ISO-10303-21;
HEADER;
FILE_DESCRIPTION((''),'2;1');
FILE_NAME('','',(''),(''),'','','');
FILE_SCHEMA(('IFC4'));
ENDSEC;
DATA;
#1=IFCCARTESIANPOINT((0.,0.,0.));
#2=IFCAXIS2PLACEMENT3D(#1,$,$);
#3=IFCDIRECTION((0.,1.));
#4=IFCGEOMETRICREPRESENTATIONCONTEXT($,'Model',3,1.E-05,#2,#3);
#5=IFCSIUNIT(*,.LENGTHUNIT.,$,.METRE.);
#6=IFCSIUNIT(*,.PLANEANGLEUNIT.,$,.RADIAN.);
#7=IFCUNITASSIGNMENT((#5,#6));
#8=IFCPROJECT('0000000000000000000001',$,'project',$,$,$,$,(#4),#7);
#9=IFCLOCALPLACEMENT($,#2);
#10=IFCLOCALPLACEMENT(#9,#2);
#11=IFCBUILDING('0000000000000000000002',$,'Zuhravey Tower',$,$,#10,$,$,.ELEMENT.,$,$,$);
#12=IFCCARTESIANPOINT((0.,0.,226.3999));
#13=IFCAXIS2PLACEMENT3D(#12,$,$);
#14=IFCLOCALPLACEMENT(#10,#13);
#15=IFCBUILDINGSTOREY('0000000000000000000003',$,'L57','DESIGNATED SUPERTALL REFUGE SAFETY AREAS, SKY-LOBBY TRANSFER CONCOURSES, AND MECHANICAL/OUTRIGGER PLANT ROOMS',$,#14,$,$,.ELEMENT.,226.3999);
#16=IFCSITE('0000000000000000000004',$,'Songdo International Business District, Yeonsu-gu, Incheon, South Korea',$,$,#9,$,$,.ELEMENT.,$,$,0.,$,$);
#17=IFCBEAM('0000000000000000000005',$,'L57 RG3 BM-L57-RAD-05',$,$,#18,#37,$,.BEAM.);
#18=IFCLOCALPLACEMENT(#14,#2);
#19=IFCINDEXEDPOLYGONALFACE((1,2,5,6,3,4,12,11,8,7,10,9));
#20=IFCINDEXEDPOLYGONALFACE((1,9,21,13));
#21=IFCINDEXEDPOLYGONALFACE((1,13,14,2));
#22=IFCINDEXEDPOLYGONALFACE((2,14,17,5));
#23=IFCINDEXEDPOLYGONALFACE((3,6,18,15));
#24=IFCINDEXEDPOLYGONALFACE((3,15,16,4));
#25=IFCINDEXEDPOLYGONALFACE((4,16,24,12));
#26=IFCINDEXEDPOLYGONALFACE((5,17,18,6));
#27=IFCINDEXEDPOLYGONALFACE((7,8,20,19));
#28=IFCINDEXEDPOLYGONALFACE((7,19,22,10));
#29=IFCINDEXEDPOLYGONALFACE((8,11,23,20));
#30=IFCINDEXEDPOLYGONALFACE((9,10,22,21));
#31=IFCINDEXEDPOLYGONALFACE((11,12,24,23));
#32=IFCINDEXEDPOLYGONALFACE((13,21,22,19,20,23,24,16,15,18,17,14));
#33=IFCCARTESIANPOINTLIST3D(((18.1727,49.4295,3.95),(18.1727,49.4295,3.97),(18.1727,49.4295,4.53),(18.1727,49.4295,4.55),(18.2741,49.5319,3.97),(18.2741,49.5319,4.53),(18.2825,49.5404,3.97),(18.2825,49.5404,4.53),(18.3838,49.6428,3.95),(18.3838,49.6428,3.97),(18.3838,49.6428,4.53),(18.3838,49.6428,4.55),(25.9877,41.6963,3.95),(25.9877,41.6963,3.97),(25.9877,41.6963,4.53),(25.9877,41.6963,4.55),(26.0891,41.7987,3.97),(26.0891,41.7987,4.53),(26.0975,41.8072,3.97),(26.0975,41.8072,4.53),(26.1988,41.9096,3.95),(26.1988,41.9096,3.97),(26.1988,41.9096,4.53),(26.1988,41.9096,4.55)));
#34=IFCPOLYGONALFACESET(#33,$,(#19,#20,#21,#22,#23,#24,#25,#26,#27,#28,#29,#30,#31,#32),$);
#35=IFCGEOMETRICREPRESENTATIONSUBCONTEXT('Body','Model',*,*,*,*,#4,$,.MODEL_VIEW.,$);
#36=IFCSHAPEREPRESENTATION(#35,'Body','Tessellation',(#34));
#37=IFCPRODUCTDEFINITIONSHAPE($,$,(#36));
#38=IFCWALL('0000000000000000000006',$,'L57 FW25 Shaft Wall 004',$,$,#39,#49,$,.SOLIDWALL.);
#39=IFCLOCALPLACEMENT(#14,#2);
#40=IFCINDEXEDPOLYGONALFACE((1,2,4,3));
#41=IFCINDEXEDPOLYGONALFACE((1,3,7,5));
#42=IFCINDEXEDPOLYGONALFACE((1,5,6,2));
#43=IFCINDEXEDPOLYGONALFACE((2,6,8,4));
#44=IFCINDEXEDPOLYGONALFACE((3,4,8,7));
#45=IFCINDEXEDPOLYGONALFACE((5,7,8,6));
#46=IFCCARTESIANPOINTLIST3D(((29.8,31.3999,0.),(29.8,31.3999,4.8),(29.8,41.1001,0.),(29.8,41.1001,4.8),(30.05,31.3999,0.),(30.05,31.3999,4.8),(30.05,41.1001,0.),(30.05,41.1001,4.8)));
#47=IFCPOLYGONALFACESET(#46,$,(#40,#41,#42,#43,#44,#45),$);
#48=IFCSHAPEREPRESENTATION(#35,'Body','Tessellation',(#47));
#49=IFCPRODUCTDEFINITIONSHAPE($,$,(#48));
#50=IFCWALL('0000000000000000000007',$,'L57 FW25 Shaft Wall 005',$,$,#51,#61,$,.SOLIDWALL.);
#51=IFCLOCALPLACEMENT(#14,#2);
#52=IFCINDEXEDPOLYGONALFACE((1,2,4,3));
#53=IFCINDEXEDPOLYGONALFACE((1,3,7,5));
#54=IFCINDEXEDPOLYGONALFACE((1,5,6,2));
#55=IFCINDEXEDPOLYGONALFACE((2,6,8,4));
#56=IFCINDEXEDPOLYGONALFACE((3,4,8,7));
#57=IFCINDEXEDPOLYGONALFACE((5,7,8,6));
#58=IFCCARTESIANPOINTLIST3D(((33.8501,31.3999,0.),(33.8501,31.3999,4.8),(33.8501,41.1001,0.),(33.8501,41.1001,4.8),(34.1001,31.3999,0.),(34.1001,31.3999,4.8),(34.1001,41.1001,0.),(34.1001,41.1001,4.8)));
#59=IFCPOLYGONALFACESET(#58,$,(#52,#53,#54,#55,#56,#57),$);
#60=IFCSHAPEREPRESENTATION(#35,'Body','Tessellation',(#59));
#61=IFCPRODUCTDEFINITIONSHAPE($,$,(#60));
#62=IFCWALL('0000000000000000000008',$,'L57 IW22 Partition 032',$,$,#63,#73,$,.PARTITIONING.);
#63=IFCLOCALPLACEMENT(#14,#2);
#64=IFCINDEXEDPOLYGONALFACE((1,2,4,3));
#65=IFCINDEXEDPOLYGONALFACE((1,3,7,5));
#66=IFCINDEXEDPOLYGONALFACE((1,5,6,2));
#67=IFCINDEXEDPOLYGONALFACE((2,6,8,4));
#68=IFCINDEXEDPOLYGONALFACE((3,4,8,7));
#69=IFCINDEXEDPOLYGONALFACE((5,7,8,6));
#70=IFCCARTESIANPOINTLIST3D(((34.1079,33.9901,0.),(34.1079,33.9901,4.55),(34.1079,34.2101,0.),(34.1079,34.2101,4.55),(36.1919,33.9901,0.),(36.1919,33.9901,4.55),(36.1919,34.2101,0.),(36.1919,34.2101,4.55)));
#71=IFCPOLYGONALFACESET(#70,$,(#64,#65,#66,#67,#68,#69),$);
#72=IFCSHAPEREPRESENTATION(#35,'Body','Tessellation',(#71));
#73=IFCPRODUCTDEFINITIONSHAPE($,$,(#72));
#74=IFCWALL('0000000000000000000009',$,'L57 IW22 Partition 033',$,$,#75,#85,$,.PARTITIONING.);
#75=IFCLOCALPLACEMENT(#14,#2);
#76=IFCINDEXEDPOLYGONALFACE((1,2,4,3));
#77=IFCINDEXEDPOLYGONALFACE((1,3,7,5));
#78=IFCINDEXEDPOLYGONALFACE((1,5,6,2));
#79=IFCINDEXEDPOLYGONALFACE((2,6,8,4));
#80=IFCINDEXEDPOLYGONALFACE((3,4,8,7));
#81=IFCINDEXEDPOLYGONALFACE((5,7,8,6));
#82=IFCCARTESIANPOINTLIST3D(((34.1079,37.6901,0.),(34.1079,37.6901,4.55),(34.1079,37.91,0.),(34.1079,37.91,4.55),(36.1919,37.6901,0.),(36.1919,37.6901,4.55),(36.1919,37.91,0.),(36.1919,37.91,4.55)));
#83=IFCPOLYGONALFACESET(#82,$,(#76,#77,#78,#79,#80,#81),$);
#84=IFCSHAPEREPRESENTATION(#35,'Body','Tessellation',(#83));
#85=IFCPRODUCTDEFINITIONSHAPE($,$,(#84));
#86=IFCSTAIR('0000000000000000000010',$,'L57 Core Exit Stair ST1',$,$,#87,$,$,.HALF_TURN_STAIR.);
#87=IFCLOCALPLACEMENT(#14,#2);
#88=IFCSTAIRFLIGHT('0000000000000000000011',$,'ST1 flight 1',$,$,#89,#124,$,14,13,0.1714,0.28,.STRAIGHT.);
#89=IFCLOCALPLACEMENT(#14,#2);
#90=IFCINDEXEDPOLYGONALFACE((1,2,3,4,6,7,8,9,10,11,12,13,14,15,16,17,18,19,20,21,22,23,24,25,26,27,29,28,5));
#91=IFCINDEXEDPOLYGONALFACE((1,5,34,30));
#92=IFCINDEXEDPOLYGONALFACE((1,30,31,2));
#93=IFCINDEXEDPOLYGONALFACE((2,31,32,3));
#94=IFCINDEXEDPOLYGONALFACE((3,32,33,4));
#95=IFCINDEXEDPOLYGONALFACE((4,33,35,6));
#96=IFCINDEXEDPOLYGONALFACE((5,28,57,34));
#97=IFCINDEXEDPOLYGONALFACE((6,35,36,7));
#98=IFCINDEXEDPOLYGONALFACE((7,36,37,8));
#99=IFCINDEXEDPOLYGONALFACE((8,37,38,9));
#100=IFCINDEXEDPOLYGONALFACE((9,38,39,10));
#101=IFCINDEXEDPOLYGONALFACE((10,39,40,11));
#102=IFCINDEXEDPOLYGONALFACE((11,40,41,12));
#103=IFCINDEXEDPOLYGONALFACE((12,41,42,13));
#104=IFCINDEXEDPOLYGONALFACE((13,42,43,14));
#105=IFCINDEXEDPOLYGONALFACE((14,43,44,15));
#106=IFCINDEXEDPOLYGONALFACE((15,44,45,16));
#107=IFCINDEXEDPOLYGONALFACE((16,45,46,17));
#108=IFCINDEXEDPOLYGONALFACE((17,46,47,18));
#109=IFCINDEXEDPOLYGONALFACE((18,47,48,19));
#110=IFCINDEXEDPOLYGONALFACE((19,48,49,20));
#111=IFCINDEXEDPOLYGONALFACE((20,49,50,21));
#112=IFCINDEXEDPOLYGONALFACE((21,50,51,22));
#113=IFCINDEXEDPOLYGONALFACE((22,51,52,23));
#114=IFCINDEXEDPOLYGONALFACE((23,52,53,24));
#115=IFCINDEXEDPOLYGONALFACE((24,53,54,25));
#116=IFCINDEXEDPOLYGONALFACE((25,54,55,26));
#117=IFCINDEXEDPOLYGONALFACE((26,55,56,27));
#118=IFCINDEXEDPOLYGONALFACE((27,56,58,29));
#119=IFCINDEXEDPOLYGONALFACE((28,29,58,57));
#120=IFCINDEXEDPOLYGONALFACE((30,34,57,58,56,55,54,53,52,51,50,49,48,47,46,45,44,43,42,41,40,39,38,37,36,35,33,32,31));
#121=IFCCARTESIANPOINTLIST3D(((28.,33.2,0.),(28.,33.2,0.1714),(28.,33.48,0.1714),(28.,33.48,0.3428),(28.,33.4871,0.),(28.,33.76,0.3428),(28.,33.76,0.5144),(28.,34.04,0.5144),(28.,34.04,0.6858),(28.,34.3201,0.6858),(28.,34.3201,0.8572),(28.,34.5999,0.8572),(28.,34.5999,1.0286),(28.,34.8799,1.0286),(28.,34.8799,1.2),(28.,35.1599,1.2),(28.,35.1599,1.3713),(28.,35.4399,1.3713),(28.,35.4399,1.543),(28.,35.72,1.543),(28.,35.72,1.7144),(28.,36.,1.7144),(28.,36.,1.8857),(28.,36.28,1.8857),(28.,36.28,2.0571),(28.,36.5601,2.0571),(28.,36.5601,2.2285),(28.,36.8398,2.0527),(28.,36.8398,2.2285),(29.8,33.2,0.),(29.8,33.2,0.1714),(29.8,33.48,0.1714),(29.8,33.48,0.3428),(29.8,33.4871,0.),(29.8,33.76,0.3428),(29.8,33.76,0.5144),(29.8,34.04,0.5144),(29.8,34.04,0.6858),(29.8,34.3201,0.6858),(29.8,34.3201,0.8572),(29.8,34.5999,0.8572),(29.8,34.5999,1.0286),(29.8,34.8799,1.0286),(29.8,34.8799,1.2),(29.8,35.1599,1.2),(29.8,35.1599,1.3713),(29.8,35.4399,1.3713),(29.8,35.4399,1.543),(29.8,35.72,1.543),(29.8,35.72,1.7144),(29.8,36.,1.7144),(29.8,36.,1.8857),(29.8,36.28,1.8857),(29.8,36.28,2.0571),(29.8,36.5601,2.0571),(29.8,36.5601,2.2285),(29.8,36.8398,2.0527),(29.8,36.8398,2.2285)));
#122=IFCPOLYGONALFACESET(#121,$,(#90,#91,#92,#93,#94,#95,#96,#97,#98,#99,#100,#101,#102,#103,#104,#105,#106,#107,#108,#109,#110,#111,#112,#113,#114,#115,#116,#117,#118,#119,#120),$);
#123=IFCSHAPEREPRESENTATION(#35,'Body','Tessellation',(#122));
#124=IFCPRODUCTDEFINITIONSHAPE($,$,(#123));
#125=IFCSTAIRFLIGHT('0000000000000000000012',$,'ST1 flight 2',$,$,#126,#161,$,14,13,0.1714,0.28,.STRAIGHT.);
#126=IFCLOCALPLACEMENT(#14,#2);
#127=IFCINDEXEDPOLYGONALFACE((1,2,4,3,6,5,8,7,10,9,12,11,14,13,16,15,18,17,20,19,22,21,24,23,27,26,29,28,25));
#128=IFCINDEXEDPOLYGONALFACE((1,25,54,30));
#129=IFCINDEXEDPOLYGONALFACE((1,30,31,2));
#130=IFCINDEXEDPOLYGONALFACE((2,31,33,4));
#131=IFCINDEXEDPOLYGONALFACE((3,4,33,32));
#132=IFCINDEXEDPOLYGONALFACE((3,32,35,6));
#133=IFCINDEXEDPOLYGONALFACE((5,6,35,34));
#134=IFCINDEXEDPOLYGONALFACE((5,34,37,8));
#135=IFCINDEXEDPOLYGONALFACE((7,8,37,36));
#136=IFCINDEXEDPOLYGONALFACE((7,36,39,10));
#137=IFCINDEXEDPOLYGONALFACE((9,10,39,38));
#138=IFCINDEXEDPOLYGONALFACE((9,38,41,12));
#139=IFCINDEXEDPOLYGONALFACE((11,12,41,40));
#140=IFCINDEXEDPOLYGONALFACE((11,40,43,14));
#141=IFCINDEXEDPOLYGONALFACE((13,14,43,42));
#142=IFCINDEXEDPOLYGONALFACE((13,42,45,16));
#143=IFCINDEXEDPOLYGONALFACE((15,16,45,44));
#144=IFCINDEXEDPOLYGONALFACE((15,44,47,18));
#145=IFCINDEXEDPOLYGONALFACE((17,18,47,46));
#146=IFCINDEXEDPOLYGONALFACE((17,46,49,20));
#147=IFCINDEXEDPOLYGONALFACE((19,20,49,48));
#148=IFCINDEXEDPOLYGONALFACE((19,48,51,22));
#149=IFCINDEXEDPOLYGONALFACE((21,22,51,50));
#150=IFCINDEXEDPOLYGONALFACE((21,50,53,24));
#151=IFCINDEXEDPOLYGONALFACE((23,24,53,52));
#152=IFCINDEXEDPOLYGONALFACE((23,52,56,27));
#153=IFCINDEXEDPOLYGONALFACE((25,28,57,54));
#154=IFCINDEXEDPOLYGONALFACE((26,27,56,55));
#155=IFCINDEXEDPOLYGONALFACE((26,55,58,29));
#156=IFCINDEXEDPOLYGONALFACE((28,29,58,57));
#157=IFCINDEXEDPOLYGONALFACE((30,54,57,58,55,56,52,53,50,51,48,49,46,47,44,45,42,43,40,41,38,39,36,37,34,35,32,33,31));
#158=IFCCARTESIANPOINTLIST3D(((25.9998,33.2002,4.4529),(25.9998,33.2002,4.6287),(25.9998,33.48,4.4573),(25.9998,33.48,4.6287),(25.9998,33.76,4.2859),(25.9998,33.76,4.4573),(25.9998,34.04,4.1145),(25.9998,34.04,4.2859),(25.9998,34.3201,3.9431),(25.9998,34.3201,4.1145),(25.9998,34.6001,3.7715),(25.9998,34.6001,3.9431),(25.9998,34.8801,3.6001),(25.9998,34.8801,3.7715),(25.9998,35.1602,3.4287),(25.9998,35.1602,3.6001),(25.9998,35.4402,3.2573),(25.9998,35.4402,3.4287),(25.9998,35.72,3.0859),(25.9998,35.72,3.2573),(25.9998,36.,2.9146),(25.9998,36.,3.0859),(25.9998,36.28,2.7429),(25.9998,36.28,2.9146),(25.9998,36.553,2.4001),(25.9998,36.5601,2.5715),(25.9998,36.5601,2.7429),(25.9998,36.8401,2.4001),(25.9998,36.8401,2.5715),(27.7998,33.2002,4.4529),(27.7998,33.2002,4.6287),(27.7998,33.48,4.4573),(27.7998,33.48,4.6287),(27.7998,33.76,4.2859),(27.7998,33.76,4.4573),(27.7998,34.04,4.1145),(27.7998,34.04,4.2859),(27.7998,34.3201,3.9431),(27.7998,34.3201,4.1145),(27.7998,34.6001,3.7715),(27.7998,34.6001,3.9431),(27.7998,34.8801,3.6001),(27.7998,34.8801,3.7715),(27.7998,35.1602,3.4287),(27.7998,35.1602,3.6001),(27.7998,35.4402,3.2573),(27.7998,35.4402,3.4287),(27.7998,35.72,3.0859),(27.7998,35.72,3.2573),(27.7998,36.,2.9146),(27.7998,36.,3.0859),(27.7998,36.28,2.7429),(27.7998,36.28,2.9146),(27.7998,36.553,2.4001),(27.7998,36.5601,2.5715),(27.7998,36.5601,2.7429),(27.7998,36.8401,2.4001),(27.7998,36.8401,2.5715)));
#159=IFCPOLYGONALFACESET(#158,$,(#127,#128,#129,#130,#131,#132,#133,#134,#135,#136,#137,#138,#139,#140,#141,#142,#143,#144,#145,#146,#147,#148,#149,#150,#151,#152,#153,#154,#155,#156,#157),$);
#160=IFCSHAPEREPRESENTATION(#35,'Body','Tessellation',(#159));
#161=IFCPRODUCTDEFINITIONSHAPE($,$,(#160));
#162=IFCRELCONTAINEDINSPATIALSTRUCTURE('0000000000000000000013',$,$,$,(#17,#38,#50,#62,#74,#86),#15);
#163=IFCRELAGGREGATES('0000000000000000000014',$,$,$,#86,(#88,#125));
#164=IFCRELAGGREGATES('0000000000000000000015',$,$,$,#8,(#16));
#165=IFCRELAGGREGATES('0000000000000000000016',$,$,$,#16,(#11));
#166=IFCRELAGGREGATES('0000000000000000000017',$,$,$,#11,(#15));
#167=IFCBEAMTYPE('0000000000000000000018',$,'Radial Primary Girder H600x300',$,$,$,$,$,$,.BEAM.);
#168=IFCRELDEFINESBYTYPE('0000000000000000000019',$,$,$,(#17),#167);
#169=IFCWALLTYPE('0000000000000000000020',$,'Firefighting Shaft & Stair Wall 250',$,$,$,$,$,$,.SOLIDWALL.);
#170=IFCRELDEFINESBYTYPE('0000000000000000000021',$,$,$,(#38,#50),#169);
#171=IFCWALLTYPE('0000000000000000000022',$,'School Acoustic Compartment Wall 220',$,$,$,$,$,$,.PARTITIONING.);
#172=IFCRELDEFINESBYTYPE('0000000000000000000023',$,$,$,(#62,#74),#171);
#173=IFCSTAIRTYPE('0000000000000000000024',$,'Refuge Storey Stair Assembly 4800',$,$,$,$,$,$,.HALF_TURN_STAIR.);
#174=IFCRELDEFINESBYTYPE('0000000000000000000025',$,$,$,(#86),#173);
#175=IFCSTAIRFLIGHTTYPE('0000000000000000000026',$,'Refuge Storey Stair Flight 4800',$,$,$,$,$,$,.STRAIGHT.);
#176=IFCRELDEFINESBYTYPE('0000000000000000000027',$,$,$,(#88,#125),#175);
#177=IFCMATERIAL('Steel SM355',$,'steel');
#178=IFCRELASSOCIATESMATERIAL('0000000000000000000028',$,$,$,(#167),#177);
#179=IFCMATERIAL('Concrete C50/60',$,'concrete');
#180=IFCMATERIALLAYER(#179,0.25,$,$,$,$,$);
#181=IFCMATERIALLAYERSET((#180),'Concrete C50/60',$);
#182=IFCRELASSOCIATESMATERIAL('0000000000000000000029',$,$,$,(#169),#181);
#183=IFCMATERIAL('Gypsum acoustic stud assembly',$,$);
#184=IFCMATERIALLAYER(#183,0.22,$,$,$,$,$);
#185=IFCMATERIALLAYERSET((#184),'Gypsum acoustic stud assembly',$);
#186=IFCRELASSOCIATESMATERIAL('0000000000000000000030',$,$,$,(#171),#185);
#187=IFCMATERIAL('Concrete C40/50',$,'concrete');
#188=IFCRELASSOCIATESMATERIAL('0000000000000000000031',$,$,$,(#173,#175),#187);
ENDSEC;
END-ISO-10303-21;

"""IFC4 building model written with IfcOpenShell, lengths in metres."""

from ifc_helpers import new_model, si_unit, direction, frame, frame_2d, origin, origin_2d, place, context, subcontext, project, spatial, polyline, rectangle, i_section, outline, extrude, material, layer, layer_set, material_profile, profile_set, type_object, element, aggregate, save


model = new_model("IFC4")

# Units and contexts
model_context = context("Model", 3, precision=1e-05, world=origin(), true_north=direction((0.0, 1.0)))
body_context = subcontext(model_context, "Body", "Model", "MODEL_VIEW")
ifc_project = project(units=[si_unit("LENGTHUNIT", "METRE"), si_unit("PLANEANGLEUNIT", "RADIAN")], contexts=[model_context])

# Site, building, storey
site_placement = place(None, origin())
site = spatial("IfcSite", under=ifc_project, at=site_placement, Name="Songdo International Business District, Yeonsu-gu, Incheon, South Korea", CompositionType="ELEMENT", RefElevation=0.0)
building_placement = place(site_placement, origin())
building = spatial("IfcBuilding", under=site, at=building_placement, Name="Zuhravey Tower", CompositionType="ELEMENT")
storey_placement = place(building_placement, frame((0.0, 0.0, 226.3999)))
storey = spatial("IfcBuildingStorey", under=building, at=storey_placement, Name="L57", Description="DESIGNATED SUPERTALL REFUGE SAFETY AREAS, SKY-LOBBY TRANSFER CONCOURSES, AND MECHANICAL/OUTRIGGER PLANT ROOMS", CompositionType="ELEMENT", Elevation=226.3999)

# Beam
ifc_material_1 = material(Name="Steel SM355", Category="steel")
ifc_material_profile = material_profile(ifc_material_1, i_section(OverallWidth=0.3, OverallDepth=0.6001, WebThickness=0.012, FlangeThickness=0.02, at=origin_2d()), Name="H-600x300x12x20")
ifc_profile_set = profile_set([ifc_material_profile], Name="Steel SM355")
beam_type = type_object("IfcBeamType", Name="Radial Primary Girder H600x300", PredefinedType="BEAM", material=ifc_profile_set)
beam_placement = place(storey_placement, frame((26.0933, 41.803, 4.25), z_axis=(-0.710817, 0.703377, 0.0), x_axis=(-0.703377, -0.710817, 0.0)))
element("IfcBeam", 1, at=beam_placement, inside=storey, type_object=beam_type, Name="L57 RG3 BM-L57-RAD-05", PredefinedType="BEAM", context=body_context, shape_type="SweptSolid", body=[
    extrude(i_section(OverallWidth=0.3, OverallDepth=0.6001, WebThickness=0.012, FlangeThickness=0.02, at=origin_2d()), origin(), (0.0, 0.0, 1.0), 10.9944),
])

# Walls
ifc_material_2 = material(Name="Concrete C50/60", Category="concrete")
ifc_layer_1 = layer(ifc_material_2, 0.25)
ifc_layer_set_1 = layer_set([ifc_layer_1], Name="Concrete C50/60")
wall_type_1 = type_object("IfcWallType", Name="Firefighting Shaft & Stair Wall 250", PredefinedType="SOLIDWALL", material=ifc_layer_set_1)
for number, where, z_axis, x_axis, name in (
    (2, (29.925, 31.3999, 0.0), (0.0, 0.0, 1.0), (0.0, 1.0, 0.0), "L57 FW25 Shaft Wall 004"),
    (3, (33.9751, 31.3999, 0.0), (0.0, 0.0, 1.0), (0.0, 1.0, 0.0), "L57 FW25 Shaft Wall 005"),
):
    element("IfcWall", number, at=place(storey_placement, frame(where, z_axis=z_axis, x_axis=x_axis)), inside=storey, type_object=wall_type_1, Name=name, PredefinedType="SOLIDWALL", context=body_context, shape_type="SweptSolid", body=[
        extrude(rectangle(XDim=9.7002, YDim=0.25, at=frame_2d((4.8501, 0.0))), origin(), (0.0, 0.0, 1.0), 4.8),
    ])
ifc_material_3 = material(Name="Gypsum acoustic stud assembly")
ifc_layer_2 = layer(ifc_material_3, 0.22)
ifc_layer_set_2 = layer_set([ifc_layer_2], Name="Gypsum acoustic stud assembly")
wall_type_2 = type_object("IfcWallType", Name="School Acoustic Compartment Wall 220", PredefinedType="PARTITIONING", material=ifc_layer_set_2)
for number, where, z_axis, x_axis, name in (
    (4, (34.1079, 34.1001, 0.0), (0.0, 0.0, 1.0), (1.0, 0.0, 0.0), "L57 IW22 Partition 032"),
    (5, (34.1079, 37.8, 0.0), (0.0, 0.0, 1.0), (1.0, 0.0, 0.0), "L57 IW22 Partition 033"),
):
    element("IfcWall", number, at=place(storey_placement, frame(where, z_axis=z_axis, x_axis=x_axis)), inside=storey, type_object=wall_type_2, Name=name, PredefinedType="PARTITIONING", context=body_context, shape_type="SweptSolid", body=[
        extrude(rectangle(XDim=2.084, YDim=0.22, at=frame_2d((1.042, 0.0))), origin(), (0.0, 0.0, 1.0), 4.55),
    ])

# Stair, stair flights
ifc_material_4 = material(Name="Concrete C40/50", Category="concrete")
stair_type = type_object("IfcStairType", Name="Refuge Storey Stair Assembly 4800", PredefinedType="HALF_TURN_STAIR", material=ifc_material_4)
stair_1_placement = place(storey_placement, origin())
stair_1 = element("IfcStair", 6, at=stair_1_placement, inside=storey, type_object=stair_type, Name="L57 Core Exit Stair ST1", PredefinedType="HALF_TURN_STAIR")
stair_flight_type = type_object("IfcStairFlightType", Name="Refuge Storey Stair Flight 4800", PredefinedType="STRAIGHT", material=ifc_material_4)
stair_flight_1_placement = place(storey_placement, frame((28.8999, 33.2, 0.0), z_axis=(0.0, 0.0, 1.0), x_axis=(0.0, 1.0, 0.0)))
stair_flight_1 = element("IfcStairFlight", 7, at=stair_flight_1_placement, type_object=stair_flight_type, Name="ST1 flight 1", NumberOfRisers=14, NumberOfTreads=13, PredefinedType="STRAIGHT", RiserHeight=0.1714, TreadLength=0.28, context=body_context, shape_type="SweptSolid", body=[
    extrude(outline(polyline([(0.0, 0.0), (0.0, 0.1714), (0.28, 0.1714), (0.28, 0.3428), (0.5601, 0.3428), (0.5601, 0.5144), (0.8401, 0.5144), (0.8401, 0.6858), (1.1201, 0.6858), (1.1201, 0.8572), (1.3999, 0.8572), (1.3999, 1.0286), (1.6799, 1.0286), (1.6799, 1.2), (1.96, 1.2), (1.96, 1.3713), (2.24, 1.3713), (2.24, 1.543), (2.52, 1.543), (2.52, 1.7144), (2.8, 1.7144), (2.8, 1.8857), (3.0801, 1.8857), (3.0801, 2.0571), (3.3601, 2.0571), (3.3601, 2.2285), (3.6399, 2.2285), (3.6399, 2.3999), (3.6399, 2.0527), (0.2871, 0.0), (0.0, 0.0)])), frame((0.0, 0.8999, 0.0), z_axis=(0.0, -1.0, 0.0), x_axis=(1.0, 0.0, 0.0)), (0.0, 0.0, 1.0), 1.8),
])
stair_flight_2_placement = place(storey_placement, frame((26.8999, 36.8401, 2.4001), z_axis=(0.0, 0.0, 1.0), x_axis=(0.0, -1.0, 0.0)))
stair_flight_2 = element("IfcStairFlight", 8, at=stair_flight_2_placement, type_object=stair_flight_type, Name="ST1 flight 2", NumberOfRisers=14, NumberOfTreads=13, PredefinedType="STRAIGHT", RiserHeight=0.1714, TreadLength=0.28, context=body_context, shape_type="SweptSolid", body=[
    extrude(outline(polyline([(0.0, 0.0), (0.0, 0.1714), (0.28, 0.1714), (0.28, 0.3428), (0.5601, 0.3428), (0.5601, 0.5144), (0.8401, 0.5144), (0.8401, 0.6858), (1.1201, 0.6858), (1.1201, 0.8572), (1.3999, 0.8572), (1.3999, 1.0286), (1.6799, 1.0286), (1.6799, 1.2), (1.96, 1.2), (1.96, 1.3713), (2.24, 1.3713), (2.24, 1.543), (2.52, 1.543), (2.52, 1.7144), (2.8, 1.7144), (2.8, 1.8857), (3.0801, 1.8857), (3.0801, 2.0571), (3.3601, 2.0571), (3.3601, 2.2285), (3.6399, 2.2285), (3.6399, 2.3999), (3.6399, 2.0527), (0.2871, 0.0), (0.0, 0.0)])), frame((0.0, 0.8999, 0.0), z_axis=(0.0, -1.0, 0.0), x_axis=(1.0, 0.0, 0.0)), (0.0, 0.0, 1.0), 1.8),
])
aggregate(stair_1, [stair_flight_1, stair_flight_2])

save(model, "model.ifc")
